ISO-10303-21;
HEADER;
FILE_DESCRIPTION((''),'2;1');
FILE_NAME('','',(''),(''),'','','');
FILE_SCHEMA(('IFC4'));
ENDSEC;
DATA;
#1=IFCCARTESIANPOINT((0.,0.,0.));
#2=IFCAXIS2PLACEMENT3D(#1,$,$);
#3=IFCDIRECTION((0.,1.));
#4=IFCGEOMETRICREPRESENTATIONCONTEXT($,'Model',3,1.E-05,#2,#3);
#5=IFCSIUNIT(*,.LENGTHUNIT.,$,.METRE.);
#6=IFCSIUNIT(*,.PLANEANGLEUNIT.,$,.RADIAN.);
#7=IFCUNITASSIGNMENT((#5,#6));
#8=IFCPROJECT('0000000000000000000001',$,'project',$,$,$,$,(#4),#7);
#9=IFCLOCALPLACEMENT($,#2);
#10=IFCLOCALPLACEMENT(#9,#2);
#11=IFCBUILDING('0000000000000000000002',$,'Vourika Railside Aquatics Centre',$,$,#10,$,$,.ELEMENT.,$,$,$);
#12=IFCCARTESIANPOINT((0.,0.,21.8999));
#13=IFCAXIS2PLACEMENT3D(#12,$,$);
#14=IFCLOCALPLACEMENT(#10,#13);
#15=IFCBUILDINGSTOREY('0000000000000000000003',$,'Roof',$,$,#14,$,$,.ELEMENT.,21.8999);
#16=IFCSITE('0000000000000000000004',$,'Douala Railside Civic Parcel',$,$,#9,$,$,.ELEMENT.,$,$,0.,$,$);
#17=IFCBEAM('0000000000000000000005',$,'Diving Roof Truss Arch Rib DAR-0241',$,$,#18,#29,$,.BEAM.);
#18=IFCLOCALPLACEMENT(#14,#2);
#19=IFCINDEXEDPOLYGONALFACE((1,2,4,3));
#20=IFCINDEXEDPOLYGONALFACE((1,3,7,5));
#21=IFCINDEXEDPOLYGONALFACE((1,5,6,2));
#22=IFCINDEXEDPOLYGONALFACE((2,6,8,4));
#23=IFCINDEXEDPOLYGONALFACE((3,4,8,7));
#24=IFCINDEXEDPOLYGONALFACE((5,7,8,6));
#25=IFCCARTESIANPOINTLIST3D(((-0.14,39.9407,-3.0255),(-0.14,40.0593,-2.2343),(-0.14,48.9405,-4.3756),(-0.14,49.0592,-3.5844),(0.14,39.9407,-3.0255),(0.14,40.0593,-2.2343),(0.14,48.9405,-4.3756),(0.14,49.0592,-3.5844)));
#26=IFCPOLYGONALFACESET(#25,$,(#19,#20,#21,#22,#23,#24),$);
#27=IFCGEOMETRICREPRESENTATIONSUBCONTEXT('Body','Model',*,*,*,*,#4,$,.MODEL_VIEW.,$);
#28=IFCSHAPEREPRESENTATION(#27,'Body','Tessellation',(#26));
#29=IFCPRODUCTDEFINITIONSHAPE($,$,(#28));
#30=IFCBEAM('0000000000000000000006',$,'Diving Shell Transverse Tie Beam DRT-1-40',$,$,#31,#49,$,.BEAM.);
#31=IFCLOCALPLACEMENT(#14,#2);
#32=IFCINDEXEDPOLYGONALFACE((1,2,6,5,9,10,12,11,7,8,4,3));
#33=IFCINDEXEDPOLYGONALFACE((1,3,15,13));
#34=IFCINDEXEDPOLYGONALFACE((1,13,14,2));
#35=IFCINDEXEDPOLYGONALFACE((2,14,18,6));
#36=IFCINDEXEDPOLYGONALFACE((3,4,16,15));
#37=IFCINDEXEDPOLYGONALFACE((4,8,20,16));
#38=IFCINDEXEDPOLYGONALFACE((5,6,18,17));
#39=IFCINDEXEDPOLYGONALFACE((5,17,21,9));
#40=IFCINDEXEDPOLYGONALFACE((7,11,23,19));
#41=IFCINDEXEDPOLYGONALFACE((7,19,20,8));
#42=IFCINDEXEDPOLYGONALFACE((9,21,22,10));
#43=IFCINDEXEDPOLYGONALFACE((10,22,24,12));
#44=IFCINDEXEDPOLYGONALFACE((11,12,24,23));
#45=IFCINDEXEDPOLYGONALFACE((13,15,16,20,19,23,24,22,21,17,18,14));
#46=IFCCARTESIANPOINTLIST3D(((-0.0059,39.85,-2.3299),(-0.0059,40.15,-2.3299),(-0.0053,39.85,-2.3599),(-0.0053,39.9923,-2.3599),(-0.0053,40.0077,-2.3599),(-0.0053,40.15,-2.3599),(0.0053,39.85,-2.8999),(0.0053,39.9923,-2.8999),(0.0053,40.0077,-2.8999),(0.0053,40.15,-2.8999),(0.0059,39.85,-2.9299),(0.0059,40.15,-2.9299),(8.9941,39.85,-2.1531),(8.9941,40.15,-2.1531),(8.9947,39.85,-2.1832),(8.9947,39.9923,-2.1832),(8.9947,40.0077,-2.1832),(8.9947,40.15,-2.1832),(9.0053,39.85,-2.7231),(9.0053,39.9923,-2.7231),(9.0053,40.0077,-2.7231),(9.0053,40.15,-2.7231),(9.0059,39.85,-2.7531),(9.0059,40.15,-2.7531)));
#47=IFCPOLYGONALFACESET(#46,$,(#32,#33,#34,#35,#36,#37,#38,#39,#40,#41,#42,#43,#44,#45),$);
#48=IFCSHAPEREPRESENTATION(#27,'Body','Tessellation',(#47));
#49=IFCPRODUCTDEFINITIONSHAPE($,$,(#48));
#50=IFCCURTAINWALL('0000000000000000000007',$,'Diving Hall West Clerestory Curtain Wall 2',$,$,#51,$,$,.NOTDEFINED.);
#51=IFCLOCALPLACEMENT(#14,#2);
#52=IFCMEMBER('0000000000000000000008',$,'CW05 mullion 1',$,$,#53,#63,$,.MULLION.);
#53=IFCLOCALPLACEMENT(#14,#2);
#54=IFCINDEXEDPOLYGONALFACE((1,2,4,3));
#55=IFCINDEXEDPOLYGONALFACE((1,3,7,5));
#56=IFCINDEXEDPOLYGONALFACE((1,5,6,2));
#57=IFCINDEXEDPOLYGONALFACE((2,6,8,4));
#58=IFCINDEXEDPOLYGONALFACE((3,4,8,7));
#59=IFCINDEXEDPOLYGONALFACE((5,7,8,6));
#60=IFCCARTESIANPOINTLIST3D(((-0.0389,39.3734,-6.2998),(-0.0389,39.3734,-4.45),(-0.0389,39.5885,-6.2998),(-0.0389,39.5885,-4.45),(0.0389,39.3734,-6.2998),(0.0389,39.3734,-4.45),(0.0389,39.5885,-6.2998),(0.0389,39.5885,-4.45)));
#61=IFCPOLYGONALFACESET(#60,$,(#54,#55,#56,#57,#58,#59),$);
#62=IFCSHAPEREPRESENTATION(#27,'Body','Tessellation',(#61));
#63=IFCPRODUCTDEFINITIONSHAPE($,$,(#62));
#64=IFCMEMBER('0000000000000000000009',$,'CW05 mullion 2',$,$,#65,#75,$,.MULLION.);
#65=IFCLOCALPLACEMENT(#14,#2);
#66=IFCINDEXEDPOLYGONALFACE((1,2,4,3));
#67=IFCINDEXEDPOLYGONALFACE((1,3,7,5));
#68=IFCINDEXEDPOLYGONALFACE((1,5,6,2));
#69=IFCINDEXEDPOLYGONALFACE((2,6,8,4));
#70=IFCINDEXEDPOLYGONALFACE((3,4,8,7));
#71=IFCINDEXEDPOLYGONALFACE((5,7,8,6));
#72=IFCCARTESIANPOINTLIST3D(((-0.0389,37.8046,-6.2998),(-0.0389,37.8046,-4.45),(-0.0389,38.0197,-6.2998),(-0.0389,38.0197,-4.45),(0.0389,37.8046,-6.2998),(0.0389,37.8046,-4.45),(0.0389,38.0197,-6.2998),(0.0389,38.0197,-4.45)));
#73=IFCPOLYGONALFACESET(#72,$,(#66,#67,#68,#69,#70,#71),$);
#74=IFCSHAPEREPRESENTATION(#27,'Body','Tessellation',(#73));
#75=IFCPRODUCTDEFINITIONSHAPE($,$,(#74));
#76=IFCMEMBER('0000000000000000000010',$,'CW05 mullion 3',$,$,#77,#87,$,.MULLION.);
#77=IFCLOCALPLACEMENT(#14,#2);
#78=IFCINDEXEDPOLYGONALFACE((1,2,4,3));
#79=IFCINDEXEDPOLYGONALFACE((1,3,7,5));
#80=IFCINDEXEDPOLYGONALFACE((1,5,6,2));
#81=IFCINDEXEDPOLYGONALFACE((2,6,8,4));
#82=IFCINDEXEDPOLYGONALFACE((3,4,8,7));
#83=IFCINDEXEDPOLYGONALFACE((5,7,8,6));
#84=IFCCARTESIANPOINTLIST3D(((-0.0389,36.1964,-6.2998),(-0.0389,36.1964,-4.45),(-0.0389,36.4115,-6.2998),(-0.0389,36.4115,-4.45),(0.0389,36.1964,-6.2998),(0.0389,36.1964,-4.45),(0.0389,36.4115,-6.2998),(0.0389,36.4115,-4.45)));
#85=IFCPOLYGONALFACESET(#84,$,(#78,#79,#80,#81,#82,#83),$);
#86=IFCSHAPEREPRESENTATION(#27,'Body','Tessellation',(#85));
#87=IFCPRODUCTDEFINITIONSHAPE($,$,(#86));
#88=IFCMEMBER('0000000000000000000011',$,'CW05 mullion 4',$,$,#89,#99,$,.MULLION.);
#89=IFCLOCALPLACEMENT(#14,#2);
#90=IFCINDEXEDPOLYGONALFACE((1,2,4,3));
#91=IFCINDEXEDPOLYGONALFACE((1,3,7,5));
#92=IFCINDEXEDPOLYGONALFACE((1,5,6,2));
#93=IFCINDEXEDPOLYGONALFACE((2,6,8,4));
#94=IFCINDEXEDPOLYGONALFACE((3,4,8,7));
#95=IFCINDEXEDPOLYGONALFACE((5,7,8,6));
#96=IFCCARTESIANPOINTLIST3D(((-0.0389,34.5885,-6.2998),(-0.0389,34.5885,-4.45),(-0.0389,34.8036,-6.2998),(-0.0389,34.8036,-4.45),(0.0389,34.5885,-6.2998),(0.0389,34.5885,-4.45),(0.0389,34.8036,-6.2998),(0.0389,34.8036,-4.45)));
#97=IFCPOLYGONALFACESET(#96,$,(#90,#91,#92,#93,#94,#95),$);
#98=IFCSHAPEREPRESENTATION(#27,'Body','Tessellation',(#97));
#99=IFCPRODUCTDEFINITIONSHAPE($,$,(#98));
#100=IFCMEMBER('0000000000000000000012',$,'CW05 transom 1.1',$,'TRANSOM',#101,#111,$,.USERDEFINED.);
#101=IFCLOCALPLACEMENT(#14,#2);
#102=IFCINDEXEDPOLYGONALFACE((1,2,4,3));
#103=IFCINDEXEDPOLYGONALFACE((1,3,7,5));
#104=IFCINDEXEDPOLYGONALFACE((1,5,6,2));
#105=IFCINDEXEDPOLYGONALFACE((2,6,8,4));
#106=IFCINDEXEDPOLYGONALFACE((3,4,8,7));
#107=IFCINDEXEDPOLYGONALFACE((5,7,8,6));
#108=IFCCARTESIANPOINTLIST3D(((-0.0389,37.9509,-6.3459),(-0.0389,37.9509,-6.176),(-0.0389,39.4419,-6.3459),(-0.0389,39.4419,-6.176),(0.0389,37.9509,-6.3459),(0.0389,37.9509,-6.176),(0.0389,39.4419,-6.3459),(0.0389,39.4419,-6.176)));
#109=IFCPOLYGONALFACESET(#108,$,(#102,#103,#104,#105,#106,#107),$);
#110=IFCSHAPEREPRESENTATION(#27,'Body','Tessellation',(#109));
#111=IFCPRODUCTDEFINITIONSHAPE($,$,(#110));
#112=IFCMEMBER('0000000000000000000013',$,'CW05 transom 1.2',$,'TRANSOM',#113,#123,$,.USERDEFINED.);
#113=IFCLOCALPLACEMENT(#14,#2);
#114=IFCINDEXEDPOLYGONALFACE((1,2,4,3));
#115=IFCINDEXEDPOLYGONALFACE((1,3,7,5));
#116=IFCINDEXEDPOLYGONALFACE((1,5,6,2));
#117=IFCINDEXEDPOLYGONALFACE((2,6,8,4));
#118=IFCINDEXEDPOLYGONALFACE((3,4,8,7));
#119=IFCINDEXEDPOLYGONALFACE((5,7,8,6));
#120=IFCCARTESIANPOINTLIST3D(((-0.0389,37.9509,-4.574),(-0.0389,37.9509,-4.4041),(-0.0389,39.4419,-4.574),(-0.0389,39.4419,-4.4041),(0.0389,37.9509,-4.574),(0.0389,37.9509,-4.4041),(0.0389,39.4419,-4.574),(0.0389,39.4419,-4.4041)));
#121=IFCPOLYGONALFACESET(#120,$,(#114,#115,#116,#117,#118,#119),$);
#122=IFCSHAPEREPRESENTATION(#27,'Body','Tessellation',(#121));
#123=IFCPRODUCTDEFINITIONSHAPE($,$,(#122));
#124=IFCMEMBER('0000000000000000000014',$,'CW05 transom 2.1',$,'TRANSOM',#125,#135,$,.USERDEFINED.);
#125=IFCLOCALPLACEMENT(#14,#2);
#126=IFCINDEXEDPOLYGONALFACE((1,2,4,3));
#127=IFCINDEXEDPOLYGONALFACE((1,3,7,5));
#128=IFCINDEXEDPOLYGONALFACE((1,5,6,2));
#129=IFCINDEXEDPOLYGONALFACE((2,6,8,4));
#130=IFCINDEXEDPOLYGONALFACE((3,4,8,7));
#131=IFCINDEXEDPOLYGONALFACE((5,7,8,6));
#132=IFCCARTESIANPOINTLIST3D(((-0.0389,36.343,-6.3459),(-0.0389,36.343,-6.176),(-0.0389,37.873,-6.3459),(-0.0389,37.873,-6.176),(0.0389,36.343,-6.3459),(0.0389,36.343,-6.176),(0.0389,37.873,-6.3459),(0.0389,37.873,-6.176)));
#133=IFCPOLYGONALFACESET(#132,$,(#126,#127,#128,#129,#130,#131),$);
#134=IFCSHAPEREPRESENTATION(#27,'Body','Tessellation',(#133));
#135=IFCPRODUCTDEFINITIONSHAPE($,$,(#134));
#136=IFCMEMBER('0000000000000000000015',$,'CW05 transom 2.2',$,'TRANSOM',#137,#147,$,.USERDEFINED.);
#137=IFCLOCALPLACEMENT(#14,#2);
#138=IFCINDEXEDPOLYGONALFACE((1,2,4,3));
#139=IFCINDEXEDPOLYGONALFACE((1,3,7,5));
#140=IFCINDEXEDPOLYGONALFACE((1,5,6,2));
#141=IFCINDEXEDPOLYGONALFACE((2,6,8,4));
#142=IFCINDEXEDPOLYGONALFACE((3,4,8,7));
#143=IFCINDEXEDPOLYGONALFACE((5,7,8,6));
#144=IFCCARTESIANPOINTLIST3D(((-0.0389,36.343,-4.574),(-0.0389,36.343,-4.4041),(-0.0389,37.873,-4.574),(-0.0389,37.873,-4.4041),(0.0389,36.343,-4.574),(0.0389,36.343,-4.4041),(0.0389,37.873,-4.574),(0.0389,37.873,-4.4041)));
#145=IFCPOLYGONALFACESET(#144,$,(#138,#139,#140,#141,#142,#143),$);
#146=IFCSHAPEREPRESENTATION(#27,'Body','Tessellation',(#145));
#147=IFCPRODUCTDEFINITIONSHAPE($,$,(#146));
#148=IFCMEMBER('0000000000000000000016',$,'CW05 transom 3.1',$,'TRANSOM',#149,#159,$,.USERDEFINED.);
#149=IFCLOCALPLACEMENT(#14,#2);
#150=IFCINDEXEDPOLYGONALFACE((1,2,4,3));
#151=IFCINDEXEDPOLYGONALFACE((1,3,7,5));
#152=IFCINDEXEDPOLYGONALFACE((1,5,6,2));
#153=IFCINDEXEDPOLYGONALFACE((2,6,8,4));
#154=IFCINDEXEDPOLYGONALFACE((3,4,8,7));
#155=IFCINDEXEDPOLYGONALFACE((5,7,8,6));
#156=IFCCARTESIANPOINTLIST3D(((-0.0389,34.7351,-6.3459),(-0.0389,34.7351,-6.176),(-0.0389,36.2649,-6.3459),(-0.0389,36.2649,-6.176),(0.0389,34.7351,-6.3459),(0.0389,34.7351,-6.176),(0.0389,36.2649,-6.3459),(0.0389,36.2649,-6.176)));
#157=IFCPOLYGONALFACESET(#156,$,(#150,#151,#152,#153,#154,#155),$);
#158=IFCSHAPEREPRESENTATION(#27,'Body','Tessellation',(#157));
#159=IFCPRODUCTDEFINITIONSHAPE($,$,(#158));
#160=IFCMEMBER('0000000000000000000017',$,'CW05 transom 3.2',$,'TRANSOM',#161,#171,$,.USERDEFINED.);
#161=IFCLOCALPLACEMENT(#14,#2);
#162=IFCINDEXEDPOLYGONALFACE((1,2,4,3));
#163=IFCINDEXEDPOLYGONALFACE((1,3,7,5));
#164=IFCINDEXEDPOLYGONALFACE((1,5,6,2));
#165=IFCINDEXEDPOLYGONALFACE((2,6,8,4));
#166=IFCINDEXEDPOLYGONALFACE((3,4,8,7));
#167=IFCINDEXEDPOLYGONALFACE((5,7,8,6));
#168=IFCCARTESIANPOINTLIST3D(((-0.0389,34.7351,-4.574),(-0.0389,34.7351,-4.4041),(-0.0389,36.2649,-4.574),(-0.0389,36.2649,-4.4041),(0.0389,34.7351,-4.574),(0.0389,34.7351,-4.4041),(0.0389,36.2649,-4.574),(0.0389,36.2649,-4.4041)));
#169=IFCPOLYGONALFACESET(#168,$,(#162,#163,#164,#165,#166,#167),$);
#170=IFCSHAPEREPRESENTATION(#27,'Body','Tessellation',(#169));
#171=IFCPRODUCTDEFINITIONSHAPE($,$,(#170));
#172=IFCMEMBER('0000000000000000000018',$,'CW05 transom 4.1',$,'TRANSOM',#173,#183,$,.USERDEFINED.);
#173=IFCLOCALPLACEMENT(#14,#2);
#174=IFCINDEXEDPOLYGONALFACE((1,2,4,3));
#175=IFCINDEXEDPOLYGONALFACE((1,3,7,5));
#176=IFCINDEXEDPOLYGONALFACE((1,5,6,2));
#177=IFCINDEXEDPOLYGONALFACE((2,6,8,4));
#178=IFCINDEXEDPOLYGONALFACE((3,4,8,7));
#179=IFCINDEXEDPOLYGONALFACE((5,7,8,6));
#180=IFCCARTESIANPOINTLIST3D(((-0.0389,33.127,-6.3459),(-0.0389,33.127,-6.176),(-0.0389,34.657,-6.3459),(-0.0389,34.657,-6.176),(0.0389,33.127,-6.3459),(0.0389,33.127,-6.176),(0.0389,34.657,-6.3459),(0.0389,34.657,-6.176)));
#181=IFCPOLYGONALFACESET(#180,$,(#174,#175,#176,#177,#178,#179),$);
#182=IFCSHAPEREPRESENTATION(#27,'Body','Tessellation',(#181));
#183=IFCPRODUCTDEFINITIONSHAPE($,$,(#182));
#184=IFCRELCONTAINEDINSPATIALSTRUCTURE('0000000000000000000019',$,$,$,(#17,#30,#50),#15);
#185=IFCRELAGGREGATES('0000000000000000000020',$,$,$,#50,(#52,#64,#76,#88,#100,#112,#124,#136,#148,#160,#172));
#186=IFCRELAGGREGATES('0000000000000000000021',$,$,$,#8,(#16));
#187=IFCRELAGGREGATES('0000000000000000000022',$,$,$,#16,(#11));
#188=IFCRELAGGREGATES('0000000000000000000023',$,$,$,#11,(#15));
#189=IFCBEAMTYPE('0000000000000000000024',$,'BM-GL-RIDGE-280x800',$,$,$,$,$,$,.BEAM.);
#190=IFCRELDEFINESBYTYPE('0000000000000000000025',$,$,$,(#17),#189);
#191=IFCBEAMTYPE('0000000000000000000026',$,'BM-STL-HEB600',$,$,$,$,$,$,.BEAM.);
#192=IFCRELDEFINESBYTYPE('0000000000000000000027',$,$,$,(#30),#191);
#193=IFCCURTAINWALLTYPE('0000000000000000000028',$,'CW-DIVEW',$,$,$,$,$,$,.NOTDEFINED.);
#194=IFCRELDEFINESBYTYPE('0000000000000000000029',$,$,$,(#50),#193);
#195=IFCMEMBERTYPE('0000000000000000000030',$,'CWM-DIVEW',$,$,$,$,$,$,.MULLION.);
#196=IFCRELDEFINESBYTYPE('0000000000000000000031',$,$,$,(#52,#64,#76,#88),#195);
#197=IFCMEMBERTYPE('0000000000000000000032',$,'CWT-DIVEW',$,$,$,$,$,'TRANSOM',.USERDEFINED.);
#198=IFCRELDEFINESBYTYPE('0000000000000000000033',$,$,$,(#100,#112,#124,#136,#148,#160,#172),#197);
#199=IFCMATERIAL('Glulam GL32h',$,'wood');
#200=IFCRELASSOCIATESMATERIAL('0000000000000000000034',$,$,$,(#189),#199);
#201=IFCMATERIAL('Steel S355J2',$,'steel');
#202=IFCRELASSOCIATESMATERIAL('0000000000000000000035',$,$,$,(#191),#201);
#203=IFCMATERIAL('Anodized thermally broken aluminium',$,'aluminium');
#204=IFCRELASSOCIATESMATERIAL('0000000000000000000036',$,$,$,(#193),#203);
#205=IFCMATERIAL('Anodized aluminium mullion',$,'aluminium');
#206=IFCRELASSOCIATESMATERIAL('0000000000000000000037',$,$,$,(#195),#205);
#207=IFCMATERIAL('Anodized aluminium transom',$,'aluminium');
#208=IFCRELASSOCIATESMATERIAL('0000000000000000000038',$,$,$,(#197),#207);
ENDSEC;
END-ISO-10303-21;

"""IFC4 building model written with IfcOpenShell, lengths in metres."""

from ifc_helpers import new_model, si_unit, direction, frame, origin, origin_2d, place, context, subcontext, project, spatial, rectangle, i_section, extrude, material, material_profile, profile_set, type_object, element, aggregate, save


model = new_model("IFC4")

# Units and contexts
model_context = context("Model", 3, precision=1e-05, world=origin(), true_north=direction((0.0, 1.0)))
body_context = subcontext(model_context, "Body", "Model", "MODEL_VIEW")
ifc_project = project(units=[si_unit("LENGTHUNIT", "METRE"), si_unit("PLANEANGLEUNIT", "RADIAN")], contexts=[model_context])

# Site, building, storey
site_placement = place(None, origin())
site = spatial("IfcSite", under=ifc_project, at=site_placement, Name="Douala Railside Civic Parcel", CompositionType="ELEMENT", RefElevation=0.0)
building_placement = place(site_placement, origin())
building = spatial("IfcBuilding", under=site, at=building_placement, Name="Vourika Railside Aquatics Centre", CompositionType="ELEMENT")
storey_placement = place(building_placement, frame((0.0, 0.0, 21.8999)))
storey = spatial("IfcBuildingStorey", under=building, at=storey_placement, Name="Roof", CompositionType="ELEMENT", Elevation=21.8999)

# Beams
ifc_material_1 = material(Name="Glulam GL32h", Category="wood")
ifc_material_profile_1 = material_profile(ifc_material_1, rectangle(XDim=0.28, YDim=0.8, at=origin_2d()), Name="GL32h 280x800")
ifc_profile_set_1 = profile_set([ifc_material_profile_1], Name="Glulam GL32h")
beam_type_1 = type_object("IfcBeamType", Name="BM-GL-RIDGE-280x800", PredefinedType="BEAM", material=ifc_profile_set_1)
beam_1_placement = place(storey_placement, frame((0.0, 40.0, -2.6299), z_axis=(0.0, 0.988935, -0.148351), x_axis=(-1.0, 0.0, 0.0)))
element("IfcBeam", 1, at=beam_1_placement, inside=storey, type_object=beam_type_1, Name="Diving Roof Truss Arch Rib DAR-0241", PredefinedType="BEAM", context=body_context, shape_type="SweptSolid", body=[
    extrude(rectangle(XDim=0.28, YDim=0.8, at=origin_2d()), origin(), (0.0, 0.0, 1.0), 9.1006),
])
ifc_material_2 = material(Name="Steel S355J2", Category="steel")
ifc_material_profile_2 = material_profile(ifc_material_2, i_section(OverallWidth=0.3, OverallDepth=0.6001, WebThickness=0.0154, FlangeThickness=0.03, at=origin_2d()), Name="HEB 600")
ifc_profile_set_2 = profile_set([ifc_material_profile_2], Name="Steel S355J2")
beam_type_2 = type_object("IfcBeamType", Name="BM-STL-HEB600", PredefinedType="BEAM", material=ifc_profile_set_2)
beam_2_placement = place(storey_placement, frame((0.0, 40.0, -2.6299), z_axis=(0.999807, 0.0, 0.019636), x_axis=(0.0, 1.0, 0.0)))
element("IfcBeam", 2, at=beam_2_placement, inside=storey, type_object=beam_type_2, Name="Diving Shell Transverse Tie Beam DRT-1-40", PredefinedType="BEAM", context=body_context, shape_type="SweptSolid", body=[
    extrude(i_section(OverallWidth=0.3, OverallDepth=0.6001, WebThickness=0.0154, FlangeThickness=0.03, at=origin_2d()), origin(), (0.0, 0.0, 1.0), 9.0017),
])

# Curtain wall, members
ifc_material_3 = material(Name="Anodized thermally broken aluminium", Category="aluminium")
curtain_wall_type = type_object("IfcCurtainWallType", Name="CW-DIVEW", PredefinedType="NOTDEFINED", material=ifc_material_3)
curtain_wall_placement = place(storey_placement, origin())
curtain_wall = element("IfcCurtainWall", 3, at=curtain_wall_placement, inside=storey, type_object=curtain_wall_type, Name="Diving Hall West Clerestory Curtain Wall 2", PredefinedType="NOTDEFINED")
ifc_material_4 = material(Name="Anodized aluminium mullion", Category="aluminium")
ifc_material_profile_3 = material_profile(ifc_material_4, rectangle(XDim=0.0779, YDim=0.2151, at=origin_2d()), Name="ALU-M 78x215")
ifc_profile_set_3 = profile_set([ifc_material_profile_3], Name="Anodized aluminium mullion")
member_type_1 = type_object("IfcMemberType", Name="CWM-DIVEW", PredefinedType="MULLION", material=ifc_profile_set_3)
member_1_placement = place(storey_placement, frame((0.0, 39.481, -6.2998), z_axis=(0.0, 0.0, 1.0), x_axis=(1.0, 0.0, 0.0)))
member_1 = element("IfcMember", 4, at=member_1_placement, type_object=member_type_1, Name="CW05 mullion 1", PredefinedType="MULLION", context=body_context, shape_type="SweptSolid", body=[
    extrude(rectangle(XDim=0.0779, YDim=0.2151, at=origin_2d()), origin(), (0.0, 0.0, 1.0), 1.8499),
])
member_2_placement = place(storey_placement, frame((0.0, 37.9121, -6.2998), z_axis=(0.0, 0.0, 1.0), x_axis=(1.0, 0.0, 0.0)))
member_2 = element("IfcMember", 5, at=member_2_placement, type_object=member_type_1, Name="CW05 mullion 2", PredefinedType="MULLION", context=body_context, shape_type="SweptSolid", body=[
    extrude(rectangle(XDim=0.0779, YDim=0.2151, at=origin_2d()), origin(), (0.0, 0.0, 1.0), 1.8499),
])
member_3_placement = place(storey_placement, frame((0.0, 36.304, -6.2998), z_axis=(0.0, 0.0, 1.0), x_axis=(1.0, 0.0, 0.0)))
member_3 = element("IfcMember", 6, at=member_3_placement, type_object=member_type_1, Name="CW05 mullion 3", PredefinedType="MULLION", context=body_context, shape_type="SweptSolid", body=[
    extrude(rectangle(XDim=0.0779, YDim=0.2151, at=origin_2d()), origin(), (0.0, 0.0, 1.0), 1.8499),
])
member_4_placement = place(storey_placement, frame((0.0, 34.696, -6.2998), z_axis=(0.0, 0.0, 1.0), x_axis=(1.0, 0.0, 0.0)))
member_4 = element("IfcMember", 7, at=member_4_placement, type_object=member_type_1, Name="CW05 mullion 4", PredefinedType="MULLION", context=body_context, shape_type="SweptSolid", body=[
    extrude(rectangle(XDim=0.0779, YDim=0.2151, at=origin_2d()), origin(), (0.0, 0.0, 1.0), 1.8499),
])
ifc_material_5 = material(Name="Anodized aluminium transom", Category="aluminium")
ifc_material_profile_4 = material_profile(ifc_material_5, rectangle(XDim=0.0779, YDim=0.1699, at=origin_2d()), Name="ALU-T 78x170")
ifc_profile_set_4 = profile_set([ifc_material_profile_4], Name="Anodized aluminium transom")
member_type_2 = type_object("IfcMemberType", Name="CWT-DIVEW", ElementType="TRANSOM", PredefinedType="USERDEFINED", material=ifc_profile_set_4)
member_5_placement = place(storey_placement, frame((0.0, 39.4419, -6.261), z_axis=(0.0, -1.0, 0.0), x_axis=(1.0, 0.0, 0.0)))
member_5 = element("IfcMember", 8, at=member_5_placement, type_object=member_type_2, Name="CW05 transom 1.1", ObjectType="TRANSOM", PredefinedType="USERDEFINED", context=body_context, shape_type="SweptSolid", body=[
    extrude(rectangle(XDim=0.0779, YDim=0.1699, at=origin_2d()), origin(), (0.0, 0.0, 1.0), 1.491),
])
member_6_placement = place(storey_placement, frame((0.0, 39.4419, -4.489), z_axis=(0.0, -1.0, 0.0), x_axis=(1.0, 0.0, 0.0)))
member_6 = element("IfcMember", 9, at=member_6_placement, type_object=member_type_2, Name="CW05 transom 1.2", ObjectType="TRANSOM", PredefinedType="USERDEFINED", context=body_context, shape_type="SweptSolid", body=[
    extrude(rectangle(XDim=0.0779, YDim=0.1699, at=origin_2d()), origin(), (0.0, 0.0, 1.0), 1.491),
])
member_7_placement = place(storey_placement, frame((0.0, 37.873, -6.261), z_axis=(0.0, -1.0, 0.0), x_axis=(1.0, 0.0, 0.0)))
member_7 = element("IfcMember", 10, at=member_7_placement, type_object=member_type_2, Name="CW05 transom 2.1", ObjectType="TRANSOM", PredefinedType="USERDEFINED", context=body_context, shape_type="SweptSolid", body=[
    extrude(rectangle(XDim=0.0779, YDim=0.1699, at=origin_2d()), origin(), (0.0, 0.0, 1.0), 1.53),
])
member_8_placement = place(storey_placement, frame((0.0, 37.873, -4.489), z_axis=(0.0, -1.0, 0.0), x_axis=(1.0, 0.0, 0.0)))
member_8 = element("IfcMember", 11, at=member_8_placement, type_object=member_type_2, Name="CW05 transom 2.2", ObjectType="TRANSOM", PredefinedType="USERDEFINED", context=body_context, shape_type="SweptSolid", body=[
    extrude(rectangle(XDim=0.0779, YDim=0.1699, at=origin_2d()), origin(), (0.0, 0.0, 1.0), 1.53),
])
member_9_placement = place(storey_placement, frame((0.0, 36.2649, -6.261), z_axis=(0.0, -1.0, 0.0), x_axis=(1.0, 0.0, 0.0)))
member_9 = element("IfcMember", 12, at=member_9_placement, type_object=member_type_2, Name="CW05 transom 3.1", ObjectType="TRANSOM", PredefinedType="USERDEFINED", context=body_context, shape_type="SweptSolid", body=[
    extrude(rectangle(XDim=0.0779, YDim=0.1699, at=origin_2d()), origin(), (0.0, 0.0, 1.0), 1.5298),
])
member_10_placement = place(storey_placement, frame((0.0, 36.2649, -4.489), z_axis=(0.0, -1.0, 0.0), x_axis=(1.0, 0.0, 0.0)))
member_10 = element("IfcMember", 13, at=member_10_placement, type_object=member_type_2, Name="CW05 transom 3.2", ObjectType="TRANSOM", PredefinedType="USERDEFINED", context=body_context, shape_type="SweptSolid", body=[
    extrude(rectangle(XDim=0.0779, YDim=0.1699, at=origin_2d()), origin(), (0.0, 0.0, 1.0), 1.5298),
])
member_11_placement = place(storey_placement, frame((0.0, 34.657, -6.261), z_axis=(0.0, -1.0, 0.0), x_axis=(1.0, 0.0, 0.0)))
member_11 = element("IfcMember", 14, at=member_11_placement, type_object=member_type_2, Name="CW05 transom 4.1", ObjectType="TRANSOM", PredefinedType="USERDEFINED", context=body_context, shape_type="SweptSolid", body=[
    extrude(rectangle(XDim=0.0779, YDim=0.1699, at=origin_2d()), origin(), (0.0, 0.0, 1.0), 1.53),
])
aggregate(curtain_wall, [member_1, member_2, member_3, member_4, member_5, member_6, member_7, member_8, member_9, member_10, member_11])

save(model, "model.ifc")
